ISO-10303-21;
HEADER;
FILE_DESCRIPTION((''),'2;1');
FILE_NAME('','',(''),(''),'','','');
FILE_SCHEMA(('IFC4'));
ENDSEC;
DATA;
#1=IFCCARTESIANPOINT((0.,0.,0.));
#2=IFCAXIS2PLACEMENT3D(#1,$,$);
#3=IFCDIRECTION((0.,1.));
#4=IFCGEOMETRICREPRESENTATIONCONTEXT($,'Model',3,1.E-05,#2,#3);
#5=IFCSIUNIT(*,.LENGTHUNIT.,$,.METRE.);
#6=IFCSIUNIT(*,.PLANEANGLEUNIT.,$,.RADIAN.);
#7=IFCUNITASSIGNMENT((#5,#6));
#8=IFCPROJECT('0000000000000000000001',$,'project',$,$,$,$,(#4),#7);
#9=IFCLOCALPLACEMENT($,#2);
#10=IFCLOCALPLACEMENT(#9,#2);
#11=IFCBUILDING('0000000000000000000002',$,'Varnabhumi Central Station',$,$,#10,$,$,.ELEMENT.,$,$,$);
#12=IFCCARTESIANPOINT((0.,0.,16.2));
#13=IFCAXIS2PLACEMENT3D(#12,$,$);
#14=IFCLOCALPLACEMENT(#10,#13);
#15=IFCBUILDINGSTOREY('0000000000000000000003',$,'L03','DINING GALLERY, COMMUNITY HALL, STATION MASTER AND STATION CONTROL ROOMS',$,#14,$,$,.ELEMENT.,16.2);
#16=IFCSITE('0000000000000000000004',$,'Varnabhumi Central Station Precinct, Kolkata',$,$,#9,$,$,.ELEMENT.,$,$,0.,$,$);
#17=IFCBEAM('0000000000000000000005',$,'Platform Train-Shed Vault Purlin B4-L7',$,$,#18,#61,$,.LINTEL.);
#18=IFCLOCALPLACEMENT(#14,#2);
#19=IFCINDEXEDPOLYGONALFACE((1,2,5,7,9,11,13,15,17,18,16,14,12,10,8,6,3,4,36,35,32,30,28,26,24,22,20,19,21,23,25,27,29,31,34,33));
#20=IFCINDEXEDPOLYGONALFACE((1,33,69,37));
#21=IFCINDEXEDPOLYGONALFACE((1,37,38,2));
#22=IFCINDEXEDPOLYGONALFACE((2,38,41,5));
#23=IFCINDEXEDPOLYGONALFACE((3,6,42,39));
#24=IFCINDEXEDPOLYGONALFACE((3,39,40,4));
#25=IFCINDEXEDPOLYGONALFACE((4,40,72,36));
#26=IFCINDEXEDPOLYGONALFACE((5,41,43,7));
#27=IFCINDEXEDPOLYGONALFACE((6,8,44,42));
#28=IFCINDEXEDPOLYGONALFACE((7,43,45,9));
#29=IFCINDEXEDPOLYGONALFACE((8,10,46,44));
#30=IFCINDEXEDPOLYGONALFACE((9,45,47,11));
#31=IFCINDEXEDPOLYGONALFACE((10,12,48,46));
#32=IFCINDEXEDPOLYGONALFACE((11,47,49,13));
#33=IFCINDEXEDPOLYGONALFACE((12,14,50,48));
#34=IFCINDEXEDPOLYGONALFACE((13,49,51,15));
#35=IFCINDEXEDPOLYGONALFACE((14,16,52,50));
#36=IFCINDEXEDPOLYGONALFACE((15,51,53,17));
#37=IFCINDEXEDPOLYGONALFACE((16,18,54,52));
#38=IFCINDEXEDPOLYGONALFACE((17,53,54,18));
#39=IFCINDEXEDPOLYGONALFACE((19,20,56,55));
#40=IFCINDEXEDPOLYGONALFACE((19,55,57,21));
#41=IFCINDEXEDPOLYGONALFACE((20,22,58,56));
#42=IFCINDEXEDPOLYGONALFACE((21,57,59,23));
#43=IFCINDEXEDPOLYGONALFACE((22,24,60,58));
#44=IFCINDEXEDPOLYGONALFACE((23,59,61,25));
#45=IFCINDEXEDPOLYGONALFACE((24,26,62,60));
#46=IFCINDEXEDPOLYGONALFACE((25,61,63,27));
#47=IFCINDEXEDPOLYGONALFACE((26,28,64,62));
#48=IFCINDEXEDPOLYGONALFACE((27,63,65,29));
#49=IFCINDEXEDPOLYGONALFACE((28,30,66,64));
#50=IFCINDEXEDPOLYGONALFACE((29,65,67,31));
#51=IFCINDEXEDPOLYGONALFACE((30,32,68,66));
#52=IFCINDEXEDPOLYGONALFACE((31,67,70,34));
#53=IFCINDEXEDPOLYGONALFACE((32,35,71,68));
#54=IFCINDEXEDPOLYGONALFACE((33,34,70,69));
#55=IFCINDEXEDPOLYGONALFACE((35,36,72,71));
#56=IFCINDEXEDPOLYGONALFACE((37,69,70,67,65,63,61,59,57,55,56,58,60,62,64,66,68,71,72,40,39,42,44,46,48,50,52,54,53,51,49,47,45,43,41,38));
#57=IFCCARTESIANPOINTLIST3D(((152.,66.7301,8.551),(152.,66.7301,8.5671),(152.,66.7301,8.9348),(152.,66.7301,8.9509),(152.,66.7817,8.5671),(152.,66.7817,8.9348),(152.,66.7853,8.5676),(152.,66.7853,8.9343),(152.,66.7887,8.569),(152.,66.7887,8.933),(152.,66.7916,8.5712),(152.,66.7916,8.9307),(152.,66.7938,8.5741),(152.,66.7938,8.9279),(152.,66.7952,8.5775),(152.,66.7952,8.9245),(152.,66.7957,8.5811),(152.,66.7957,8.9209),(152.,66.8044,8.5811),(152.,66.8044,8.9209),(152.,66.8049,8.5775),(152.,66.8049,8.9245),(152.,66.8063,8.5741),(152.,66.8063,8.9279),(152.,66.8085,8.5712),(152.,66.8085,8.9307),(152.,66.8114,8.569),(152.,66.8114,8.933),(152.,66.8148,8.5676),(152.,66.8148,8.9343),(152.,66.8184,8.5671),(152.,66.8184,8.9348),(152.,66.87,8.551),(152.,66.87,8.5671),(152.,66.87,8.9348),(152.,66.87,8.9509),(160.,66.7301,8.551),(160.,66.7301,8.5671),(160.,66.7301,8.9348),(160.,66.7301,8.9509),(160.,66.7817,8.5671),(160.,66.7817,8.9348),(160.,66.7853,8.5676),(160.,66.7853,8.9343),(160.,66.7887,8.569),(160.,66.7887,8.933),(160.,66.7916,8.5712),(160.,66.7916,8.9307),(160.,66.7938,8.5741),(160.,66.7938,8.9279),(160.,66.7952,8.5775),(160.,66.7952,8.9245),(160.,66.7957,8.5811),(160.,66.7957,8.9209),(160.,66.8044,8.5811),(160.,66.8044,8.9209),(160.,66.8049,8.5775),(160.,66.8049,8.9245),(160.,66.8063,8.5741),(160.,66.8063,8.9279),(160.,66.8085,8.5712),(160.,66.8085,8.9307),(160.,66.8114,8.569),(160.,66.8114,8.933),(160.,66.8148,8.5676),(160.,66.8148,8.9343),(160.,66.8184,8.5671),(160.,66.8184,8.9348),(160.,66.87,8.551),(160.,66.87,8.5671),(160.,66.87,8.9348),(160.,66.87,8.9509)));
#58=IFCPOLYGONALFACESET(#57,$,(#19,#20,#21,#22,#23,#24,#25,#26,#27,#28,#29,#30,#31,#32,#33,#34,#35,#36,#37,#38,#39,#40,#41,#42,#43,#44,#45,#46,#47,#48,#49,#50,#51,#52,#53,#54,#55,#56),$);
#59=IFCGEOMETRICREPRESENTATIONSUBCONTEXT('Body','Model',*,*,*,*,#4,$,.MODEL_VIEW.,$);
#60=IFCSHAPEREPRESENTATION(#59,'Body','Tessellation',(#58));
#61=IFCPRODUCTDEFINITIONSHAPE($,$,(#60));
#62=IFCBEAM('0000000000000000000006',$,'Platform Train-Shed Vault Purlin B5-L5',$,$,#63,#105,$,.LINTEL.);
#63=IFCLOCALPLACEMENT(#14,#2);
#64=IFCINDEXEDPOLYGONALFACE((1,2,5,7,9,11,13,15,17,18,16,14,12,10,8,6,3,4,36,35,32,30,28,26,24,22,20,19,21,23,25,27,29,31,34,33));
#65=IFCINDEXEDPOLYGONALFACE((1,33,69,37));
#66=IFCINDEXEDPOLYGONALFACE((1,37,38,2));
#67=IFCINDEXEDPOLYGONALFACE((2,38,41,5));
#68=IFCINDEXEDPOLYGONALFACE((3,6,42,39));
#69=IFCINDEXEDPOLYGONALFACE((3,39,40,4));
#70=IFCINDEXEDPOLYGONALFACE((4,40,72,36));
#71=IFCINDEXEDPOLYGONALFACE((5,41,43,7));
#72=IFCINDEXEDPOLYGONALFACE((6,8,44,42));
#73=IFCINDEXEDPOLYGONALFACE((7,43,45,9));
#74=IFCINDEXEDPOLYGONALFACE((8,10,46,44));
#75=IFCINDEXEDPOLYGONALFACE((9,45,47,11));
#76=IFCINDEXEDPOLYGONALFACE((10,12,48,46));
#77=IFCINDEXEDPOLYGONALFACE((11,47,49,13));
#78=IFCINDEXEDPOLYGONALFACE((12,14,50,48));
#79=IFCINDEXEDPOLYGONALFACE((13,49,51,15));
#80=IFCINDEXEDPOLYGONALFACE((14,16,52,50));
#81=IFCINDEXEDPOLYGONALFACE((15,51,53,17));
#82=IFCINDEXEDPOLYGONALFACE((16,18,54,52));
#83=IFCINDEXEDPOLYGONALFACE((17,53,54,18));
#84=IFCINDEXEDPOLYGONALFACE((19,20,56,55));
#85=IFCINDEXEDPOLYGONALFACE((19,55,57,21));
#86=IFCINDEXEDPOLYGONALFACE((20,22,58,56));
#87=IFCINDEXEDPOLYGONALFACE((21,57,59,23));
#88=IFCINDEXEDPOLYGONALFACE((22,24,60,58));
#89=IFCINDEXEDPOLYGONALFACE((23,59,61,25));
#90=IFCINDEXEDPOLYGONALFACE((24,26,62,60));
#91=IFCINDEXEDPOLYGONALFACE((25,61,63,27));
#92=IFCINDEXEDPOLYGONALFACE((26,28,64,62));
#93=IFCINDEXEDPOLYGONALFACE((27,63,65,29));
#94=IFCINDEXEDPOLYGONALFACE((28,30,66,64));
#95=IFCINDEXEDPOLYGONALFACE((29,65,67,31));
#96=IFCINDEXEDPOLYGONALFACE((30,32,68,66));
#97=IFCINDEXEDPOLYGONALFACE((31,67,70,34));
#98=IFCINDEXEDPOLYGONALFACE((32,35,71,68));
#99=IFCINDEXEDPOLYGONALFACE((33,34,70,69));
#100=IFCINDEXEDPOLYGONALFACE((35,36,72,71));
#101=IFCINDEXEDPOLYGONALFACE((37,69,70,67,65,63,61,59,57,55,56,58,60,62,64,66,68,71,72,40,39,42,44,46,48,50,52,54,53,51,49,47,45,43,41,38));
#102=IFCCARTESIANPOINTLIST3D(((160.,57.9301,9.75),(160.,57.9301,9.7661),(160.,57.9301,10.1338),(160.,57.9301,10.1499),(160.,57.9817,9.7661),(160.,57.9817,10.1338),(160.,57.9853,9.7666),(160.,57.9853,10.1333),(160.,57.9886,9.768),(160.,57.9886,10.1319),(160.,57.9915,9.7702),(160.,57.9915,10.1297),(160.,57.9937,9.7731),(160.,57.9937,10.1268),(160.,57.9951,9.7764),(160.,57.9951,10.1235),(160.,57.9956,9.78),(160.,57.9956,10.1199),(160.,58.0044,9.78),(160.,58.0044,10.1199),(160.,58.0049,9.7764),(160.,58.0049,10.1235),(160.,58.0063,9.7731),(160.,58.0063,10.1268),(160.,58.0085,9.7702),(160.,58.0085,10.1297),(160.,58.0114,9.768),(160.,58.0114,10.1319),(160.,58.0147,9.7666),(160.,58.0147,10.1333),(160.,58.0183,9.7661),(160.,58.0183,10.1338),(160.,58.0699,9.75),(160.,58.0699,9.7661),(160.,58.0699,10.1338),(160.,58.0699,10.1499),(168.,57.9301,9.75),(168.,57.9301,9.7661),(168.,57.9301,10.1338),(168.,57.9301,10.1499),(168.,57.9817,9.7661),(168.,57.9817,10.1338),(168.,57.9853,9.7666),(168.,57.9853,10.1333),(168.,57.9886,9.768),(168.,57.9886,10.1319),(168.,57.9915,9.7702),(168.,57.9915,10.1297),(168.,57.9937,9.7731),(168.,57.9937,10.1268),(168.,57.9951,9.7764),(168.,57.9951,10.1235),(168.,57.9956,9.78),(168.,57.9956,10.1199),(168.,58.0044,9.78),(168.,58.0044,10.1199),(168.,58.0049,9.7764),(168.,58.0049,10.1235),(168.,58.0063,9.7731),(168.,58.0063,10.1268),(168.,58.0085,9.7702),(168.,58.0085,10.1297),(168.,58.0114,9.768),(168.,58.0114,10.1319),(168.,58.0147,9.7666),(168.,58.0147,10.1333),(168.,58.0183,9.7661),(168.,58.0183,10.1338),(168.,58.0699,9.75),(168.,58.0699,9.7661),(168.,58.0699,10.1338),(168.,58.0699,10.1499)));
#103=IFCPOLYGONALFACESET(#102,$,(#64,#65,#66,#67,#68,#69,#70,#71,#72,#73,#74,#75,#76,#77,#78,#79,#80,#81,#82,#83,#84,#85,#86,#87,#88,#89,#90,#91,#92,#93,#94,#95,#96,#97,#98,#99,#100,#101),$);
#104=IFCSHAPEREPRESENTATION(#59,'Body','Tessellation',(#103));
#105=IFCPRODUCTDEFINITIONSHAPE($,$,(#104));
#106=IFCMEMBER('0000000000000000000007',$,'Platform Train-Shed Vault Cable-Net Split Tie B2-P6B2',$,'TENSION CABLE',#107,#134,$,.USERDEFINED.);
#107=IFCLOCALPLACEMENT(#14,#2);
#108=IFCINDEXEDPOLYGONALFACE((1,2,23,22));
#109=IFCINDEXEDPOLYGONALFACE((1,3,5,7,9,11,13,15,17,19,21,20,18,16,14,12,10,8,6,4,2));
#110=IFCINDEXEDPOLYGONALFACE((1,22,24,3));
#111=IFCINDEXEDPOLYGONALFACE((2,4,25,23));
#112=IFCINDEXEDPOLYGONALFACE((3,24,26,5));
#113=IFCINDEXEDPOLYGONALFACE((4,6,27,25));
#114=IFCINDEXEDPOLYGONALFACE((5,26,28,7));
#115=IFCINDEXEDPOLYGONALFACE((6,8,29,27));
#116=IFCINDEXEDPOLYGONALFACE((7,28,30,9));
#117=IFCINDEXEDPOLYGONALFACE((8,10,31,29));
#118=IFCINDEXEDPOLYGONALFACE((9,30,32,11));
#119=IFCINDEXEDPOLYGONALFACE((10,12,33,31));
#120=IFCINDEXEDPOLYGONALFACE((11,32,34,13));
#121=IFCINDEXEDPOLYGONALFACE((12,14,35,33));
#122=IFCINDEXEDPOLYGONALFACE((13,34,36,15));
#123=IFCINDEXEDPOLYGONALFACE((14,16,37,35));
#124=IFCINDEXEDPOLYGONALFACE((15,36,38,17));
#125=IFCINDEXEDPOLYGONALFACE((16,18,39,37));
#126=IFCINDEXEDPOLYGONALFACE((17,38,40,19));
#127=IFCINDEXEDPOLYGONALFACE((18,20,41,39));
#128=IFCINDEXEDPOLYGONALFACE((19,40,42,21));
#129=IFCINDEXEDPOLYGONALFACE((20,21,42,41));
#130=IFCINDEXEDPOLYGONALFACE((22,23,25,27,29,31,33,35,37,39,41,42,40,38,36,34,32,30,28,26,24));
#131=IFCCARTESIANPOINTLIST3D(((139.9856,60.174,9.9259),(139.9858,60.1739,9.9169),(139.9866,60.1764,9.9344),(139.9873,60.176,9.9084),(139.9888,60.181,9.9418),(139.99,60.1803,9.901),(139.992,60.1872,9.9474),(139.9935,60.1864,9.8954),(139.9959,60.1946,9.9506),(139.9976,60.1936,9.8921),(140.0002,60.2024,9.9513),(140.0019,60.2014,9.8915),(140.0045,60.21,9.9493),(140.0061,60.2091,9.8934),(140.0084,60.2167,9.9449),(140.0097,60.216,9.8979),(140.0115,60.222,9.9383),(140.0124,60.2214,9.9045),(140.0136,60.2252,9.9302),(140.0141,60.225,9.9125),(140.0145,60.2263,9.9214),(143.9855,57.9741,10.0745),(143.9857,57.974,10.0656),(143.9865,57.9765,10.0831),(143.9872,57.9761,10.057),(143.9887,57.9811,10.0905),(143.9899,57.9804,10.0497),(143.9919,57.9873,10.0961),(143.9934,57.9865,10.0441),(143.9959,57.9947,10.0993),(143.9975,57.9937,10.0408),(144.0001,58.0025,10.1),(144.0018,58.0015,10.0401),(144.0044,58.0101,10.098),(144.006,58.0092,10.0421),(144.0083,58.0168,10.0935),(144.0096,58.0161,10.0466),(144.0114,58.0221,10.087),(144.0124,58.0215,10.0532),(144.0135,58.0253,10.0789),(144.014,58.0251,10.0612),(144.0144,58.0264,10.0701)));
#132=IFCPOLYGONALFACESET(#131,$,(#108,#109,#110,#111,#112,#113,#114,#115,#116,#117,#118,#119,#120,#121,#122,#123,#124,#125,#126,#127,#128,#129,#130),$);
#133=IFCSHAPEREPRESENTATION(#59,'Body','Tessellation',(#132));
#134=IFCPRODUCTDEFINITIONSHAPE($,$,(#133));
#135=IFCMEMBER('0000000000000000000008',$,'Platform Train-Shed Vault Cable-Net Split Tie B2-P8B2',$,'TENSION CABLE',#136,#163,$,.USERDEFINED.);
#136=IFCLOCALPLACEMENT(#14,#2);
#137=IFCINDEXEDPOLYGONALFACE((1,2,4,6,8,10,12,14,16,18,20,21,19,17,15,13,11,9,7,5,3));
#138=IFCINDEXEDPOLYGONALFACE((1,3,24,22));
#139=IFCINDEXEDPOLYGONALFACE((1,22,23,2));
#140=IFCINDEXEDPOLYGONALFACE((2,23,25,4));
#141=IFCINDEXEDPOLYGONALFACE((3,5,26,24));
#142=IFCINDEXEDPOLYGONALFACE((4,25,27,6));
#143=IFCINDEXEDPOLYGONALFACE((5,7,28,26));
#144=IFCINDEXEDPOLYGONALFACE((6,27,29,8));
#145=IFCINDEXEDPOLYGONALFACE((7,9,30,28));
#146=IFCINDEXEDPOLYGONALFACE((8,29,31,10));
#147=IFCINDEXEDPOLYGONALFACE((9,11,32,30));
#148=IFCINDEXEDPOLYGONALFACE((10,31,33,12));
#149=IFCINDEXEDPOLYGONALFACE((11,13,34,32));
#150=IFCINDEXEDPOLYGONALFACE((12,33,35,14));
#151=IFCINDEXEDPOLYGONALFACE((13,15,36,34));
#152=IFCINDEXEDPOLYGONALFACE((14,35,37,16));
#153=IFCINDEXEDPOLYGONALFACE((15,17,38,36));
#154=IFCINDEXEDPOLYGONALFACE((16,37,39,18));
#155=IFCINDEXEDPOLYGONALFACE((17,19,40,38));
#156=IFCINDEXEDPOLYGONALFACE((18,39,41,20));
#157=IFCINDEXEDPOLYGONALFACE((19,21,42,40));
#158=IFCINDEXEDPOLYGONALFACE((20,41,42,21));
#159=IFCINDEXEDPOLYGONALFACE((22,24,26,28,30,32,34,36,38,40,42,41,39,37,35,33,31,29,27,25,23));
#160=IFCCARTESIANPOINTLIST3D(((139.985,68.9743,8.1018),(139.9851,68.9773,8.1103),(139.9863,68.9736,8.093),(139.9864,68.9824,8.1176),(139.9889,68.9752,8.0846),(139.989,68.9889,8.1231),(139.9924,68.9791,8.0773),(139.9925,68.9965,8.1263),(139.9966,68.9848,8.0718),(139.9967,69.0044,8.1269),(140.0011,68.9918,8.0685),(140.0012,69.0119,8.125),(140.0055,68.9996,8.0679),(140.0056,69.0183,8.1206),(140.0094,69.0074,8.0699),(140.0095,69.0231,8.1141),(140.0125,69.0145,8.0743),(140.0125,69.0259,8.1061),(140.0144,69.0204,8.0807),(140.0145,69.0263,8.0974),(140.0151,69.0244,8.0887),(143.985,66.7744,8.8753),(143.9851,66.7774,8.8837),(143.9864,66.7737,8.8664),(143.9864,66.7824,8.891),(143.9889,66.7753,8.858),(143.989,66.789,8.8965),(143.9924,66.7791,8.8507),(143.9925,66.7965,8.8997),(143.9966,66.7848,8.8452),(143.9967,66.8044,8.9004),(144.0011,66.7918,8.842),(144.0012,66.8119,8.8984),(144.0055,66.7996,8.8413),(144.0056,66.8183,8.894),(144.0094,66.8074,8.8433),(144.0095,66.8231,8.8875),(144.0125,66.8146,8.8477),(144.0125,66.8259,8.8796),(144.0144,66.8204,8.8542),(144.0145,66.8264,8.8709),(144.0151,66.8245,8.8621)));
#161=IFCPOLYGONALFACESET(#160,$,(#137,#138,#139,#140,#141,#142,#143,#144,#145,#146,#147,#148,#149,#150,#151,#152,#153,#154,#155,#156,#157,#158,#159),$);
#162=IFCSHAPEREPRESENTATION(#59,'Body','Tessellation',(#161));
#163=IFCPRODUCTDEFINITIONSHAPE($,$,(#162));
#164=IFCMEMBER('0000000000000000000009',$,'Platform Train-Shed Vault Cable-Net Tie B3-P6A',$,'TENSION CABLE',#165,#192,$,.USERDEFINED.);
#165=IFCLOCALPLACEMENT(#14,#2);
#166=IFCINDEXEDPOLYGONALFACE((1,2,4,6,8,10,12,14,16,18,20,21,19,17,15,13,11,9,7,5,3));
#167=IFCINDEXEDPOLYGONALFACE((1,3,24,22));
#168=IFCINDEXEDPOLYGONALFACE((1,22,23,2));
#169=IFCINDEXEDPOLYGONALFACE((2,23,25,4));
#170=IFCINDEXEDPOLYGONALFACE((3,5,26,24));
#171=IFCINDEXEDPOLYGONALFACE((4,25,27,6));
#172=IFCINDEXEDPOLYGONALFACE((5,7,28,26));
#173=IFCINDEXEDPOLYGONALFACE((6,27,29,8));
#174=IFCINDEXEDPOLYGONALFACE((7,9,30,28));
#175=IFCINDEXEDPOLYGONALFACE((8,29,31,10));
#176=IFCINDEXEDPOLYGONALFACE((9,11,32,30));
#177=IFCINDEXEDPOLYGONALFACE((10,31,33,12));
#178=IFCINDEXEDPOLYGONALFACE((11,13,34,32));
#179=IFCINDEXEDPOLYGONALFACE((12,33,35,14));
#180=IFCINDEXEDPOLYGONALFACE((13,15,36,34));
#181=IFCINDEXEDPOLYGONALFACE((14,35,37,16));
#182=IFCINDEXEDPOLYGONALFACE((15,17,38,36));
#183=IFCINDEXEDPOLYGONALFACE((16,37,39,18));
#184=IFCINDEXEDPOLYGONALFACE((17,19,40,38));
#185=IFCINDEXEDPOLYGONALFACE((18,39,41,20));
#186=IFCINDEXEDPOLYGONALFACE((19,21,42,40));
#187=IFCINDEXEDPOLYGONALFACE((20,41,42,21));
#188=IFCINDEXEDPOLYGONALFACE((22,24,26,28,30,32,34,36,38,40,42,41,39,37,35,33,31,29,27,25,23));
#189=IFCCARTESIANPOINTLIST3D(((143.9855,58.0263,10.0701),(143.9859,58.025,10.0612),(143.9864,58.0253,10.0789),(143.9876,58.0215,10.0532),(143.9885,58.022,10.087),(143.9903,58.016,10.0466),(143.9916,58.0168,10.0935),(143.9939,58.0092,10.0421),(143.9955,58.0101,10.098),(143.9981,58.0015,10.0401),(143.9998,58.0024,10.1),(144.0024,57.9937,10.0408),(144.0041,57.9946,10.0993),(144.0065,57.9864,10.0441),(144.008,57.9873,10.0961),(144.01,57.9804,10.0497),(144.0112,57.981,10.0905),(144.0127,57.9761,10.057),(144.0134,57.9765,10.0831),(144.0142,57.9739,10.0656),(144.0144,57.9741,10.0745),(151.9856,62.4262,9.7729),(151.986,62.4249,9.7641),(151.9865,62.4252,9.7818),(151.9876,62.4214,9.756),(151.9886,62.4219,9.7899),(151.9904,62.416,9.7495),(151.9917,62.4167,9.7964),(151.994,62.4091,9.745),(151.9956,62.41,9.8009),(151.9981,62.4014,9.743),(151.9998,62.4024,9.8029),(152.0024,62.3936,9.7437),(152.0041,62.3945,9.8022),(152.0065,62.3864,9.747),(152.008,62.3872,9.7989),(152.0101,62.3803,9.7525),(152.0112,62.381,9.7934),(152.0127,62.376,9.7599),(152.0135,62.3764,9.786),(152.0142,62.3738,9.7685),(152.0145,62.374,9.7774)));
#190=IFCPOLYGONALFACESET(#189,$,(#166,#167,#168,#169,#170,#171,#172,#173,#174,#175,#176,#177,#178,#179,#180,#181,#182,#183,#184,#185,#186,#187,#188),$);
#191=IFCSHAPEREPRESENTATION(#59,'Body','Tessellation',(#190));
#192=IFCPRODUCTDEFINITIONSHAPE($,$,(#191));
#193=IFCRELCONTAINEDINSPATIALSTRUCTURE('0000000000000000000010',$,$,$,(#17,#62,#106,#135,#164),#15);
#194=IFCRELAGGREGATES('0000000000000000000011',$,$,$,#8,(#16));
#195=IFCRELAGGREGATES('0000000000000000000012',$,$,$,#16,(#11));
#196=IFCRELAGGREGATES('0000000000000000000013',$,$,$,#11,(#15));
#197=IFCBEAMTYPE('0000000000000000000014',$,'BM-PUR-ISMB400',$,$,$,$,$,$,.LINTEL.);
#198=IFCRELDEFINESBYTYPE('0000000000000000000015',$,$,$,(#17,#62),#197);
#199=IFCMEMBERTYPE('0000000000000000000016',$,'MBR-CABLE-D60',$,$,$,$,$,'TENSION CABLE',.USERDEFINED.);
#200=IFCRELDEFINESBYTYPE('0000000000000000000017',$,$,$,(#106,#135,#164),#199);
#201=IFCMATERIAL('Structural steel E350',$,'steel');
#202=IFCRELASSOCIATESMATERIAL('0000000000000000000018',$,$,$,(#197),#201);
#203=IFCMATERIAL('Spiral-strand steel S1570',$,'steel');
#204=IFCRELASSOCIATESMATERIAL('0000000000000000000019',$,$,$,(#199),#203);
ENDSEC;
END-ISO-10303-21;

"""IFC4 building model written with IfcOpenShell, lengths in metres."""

from ifc_helpers import new_model, si_unit, direction, frame, origin, origin_2d, place, context, subcontext, project, spatial, circle, i_section, extrude, material, material_profile, profile_set, type_object, element, save


model = new_model("IFC4")

# Units and contexts
model_context = context("Model", 3, precision=1e-05, world=origin(), true_north=direction((0.0, 1.0)))
body_context = subcontext(model_context, "Body", "Model", "MODEL_VIEW")
ifc_project = project(units=[si_unit("LENGTHUNIT", "METRE"), si_unit("PLANEANGLEUNIT", "RADIAN")], contexts=[model_context])

# Site, building, storey
site_placement = place(None, origin())
site = spatial("IfcSite", under=ifc_project, at=site_placement, Name="Varnabhumi Central Station Precinct, Kolkata", CompositionType="ELEMENT", RefElevation=0.0)
building_placement = place(site_placement, origin())
building = spatial("IfcBuilding", under=site, at=building_placement, Name="Varnabhumi Central Station", CompositionType="ELEMENT")
storey_placement = place(building_placement, frame((0.0, 0.0, 16.2)))
storey = spatial("IfcBuildingStorey", under=building, at=storey_placement, Name="L03", Description="DINING GALLERY, COMMUNITY HALL, STATION MASTER AND STATION CONTROL ROOMS", CompositionType="ELEMENT", Elevation=16.2)

# Beams
ifc_material_1 = material(Name="Structural steel E350", Category="steel")
ifc_material_profile_1 = material_profile(ifc_material_1, i_section(OverallWidth=0.1399, OverallDepth=0.3999, WebThickness=0.0088, FlangeThickness=0.0161, FilletRadius=0.0139, at=origin_2d()), Name="Structural steel E350", Category="steel")
ifc_profile_set_1 = profile_set([ifc_material_profile_1], Name="Structural steel E350")
beam_type_1 = type_object("IfcBeamType", Name="BM-PUR-ISMB400", PredefinedType="LINTEL", material=ifc_profile_set_1)
for number, where, z_axis, x_axis, name in (
    (1, (152.0, 66.8, 8.751), (1.0, 0.0, 0.0), (0.0, 1.0, 0.0), "Platform Train-Shed Vault Purlin B4-L7"),
    (2, (160.0, 58.0, 9.95), (1.0, 0.0, 0.0), (0.0, 1.0, 0.0), "Platform Train-Shed Vault Purlin B5-L5"),
):
    element("IfcBeam", number, at=place(storey_placement, frame(where, z_axis=z_axis, x_axis=x_axis)), inside=storey, type_object=beam_type_1, Name=name, PredefinedType="LINTEL", context=body_context, shape_type="SweptSolid", body=[
        extrude(i_section(OverallWidth=0.1399, OverallDepth=0.3999, WebThickness=0.0088, FlangeThickness=0.0161, FilletRadius=0.0139, at=origin_2d()), origin(), (0.0, 0.0, 1.0), 8.0),
    ])

# Members
ifc_material_2 = material(Name="Spiral-strand steel S1570", Category="steel")
ifc_material_profile_2 = material_profile(ifc_material_2, circle(Radius=0.03, at=origin_2d()), Name="Spiral-strand steel S1570", Category="steel")
ifc_profile_set_2 = profile_set([ifc_material_profile_2], Name="Spiral-strand steel S1570")
member_type = type_object("IfcMemberType", Name="MBR-CABLE-D60", ElementType="TENSION CABLE", PredefinedType="USERDEFINED", material=ifc_profile_set_2)
member_1_placement = place(storey_placement, frame((140.0, 60.2, 9.9214), z_axis=(0.875756, -0.481655, 0.032552), x_axis=(0.481911, 0.87622, 0.0)))
element("IfcMember", 3, at=member_1_placement, inside=storey, type_object=member_type, Name="Platform Train-Shed Vault Cable-Net Split Tie B2-P6B2", ObjectType="TENSION CABLE", PredefinedType="USERDEFINED", context=body_context, shape_type="SweptSolid", body=[
    extrude(circle(Radius=0.03, at=origin_2d()), origin(), (0.0, 0.0, 1.0), 4.5674),
])
member_2_placement = place(storey_placement, frame((140.0, 69.0, 8.0974), z_axis=(0.863909, -0.475139, 0.167045), x_axis=(0.481911, 0.87622, 0.0)))
element("IfcMember", 4, at=member_2_placement, inside=storey, type_object=member_type, Name="Platform Train-Shed Vault Cable-Net Split Tie B2-P8B2", ObjectType="TENSION CABLE", PredefinedType="USERDEFINED", context=body_context, shape_type="SweptSolid", body=[
    extrude(circle(Radius=0.03, at=origin_2d()), origin(), (0.0, 0.0, 1.0), 4.6301),
])
member_3_placement = place(storey_placement, frame((144.0, 58.0, 10.0701), z_axis=(0.875757, 0.481656, -0.032526), x_axis=(-0.481911, 0.87622, 0.0)))
element("IfcMember", 5, at=member_3_placement, inside=storey, type_object=member_type, Name="Platform Train-Shed Vault Cable-Net Tie B3-P6A", ObjectType="TENSION CABLE", PredefinedType="USERDEFINED", context=body_context, shape_type="SweptSolid", body=[
    extrude(circle(Radius=0.03, at=origin_2d()), origin(), (0.0, 0.0, 1.0), 9.135),
])

save(model, "model.ifc")
